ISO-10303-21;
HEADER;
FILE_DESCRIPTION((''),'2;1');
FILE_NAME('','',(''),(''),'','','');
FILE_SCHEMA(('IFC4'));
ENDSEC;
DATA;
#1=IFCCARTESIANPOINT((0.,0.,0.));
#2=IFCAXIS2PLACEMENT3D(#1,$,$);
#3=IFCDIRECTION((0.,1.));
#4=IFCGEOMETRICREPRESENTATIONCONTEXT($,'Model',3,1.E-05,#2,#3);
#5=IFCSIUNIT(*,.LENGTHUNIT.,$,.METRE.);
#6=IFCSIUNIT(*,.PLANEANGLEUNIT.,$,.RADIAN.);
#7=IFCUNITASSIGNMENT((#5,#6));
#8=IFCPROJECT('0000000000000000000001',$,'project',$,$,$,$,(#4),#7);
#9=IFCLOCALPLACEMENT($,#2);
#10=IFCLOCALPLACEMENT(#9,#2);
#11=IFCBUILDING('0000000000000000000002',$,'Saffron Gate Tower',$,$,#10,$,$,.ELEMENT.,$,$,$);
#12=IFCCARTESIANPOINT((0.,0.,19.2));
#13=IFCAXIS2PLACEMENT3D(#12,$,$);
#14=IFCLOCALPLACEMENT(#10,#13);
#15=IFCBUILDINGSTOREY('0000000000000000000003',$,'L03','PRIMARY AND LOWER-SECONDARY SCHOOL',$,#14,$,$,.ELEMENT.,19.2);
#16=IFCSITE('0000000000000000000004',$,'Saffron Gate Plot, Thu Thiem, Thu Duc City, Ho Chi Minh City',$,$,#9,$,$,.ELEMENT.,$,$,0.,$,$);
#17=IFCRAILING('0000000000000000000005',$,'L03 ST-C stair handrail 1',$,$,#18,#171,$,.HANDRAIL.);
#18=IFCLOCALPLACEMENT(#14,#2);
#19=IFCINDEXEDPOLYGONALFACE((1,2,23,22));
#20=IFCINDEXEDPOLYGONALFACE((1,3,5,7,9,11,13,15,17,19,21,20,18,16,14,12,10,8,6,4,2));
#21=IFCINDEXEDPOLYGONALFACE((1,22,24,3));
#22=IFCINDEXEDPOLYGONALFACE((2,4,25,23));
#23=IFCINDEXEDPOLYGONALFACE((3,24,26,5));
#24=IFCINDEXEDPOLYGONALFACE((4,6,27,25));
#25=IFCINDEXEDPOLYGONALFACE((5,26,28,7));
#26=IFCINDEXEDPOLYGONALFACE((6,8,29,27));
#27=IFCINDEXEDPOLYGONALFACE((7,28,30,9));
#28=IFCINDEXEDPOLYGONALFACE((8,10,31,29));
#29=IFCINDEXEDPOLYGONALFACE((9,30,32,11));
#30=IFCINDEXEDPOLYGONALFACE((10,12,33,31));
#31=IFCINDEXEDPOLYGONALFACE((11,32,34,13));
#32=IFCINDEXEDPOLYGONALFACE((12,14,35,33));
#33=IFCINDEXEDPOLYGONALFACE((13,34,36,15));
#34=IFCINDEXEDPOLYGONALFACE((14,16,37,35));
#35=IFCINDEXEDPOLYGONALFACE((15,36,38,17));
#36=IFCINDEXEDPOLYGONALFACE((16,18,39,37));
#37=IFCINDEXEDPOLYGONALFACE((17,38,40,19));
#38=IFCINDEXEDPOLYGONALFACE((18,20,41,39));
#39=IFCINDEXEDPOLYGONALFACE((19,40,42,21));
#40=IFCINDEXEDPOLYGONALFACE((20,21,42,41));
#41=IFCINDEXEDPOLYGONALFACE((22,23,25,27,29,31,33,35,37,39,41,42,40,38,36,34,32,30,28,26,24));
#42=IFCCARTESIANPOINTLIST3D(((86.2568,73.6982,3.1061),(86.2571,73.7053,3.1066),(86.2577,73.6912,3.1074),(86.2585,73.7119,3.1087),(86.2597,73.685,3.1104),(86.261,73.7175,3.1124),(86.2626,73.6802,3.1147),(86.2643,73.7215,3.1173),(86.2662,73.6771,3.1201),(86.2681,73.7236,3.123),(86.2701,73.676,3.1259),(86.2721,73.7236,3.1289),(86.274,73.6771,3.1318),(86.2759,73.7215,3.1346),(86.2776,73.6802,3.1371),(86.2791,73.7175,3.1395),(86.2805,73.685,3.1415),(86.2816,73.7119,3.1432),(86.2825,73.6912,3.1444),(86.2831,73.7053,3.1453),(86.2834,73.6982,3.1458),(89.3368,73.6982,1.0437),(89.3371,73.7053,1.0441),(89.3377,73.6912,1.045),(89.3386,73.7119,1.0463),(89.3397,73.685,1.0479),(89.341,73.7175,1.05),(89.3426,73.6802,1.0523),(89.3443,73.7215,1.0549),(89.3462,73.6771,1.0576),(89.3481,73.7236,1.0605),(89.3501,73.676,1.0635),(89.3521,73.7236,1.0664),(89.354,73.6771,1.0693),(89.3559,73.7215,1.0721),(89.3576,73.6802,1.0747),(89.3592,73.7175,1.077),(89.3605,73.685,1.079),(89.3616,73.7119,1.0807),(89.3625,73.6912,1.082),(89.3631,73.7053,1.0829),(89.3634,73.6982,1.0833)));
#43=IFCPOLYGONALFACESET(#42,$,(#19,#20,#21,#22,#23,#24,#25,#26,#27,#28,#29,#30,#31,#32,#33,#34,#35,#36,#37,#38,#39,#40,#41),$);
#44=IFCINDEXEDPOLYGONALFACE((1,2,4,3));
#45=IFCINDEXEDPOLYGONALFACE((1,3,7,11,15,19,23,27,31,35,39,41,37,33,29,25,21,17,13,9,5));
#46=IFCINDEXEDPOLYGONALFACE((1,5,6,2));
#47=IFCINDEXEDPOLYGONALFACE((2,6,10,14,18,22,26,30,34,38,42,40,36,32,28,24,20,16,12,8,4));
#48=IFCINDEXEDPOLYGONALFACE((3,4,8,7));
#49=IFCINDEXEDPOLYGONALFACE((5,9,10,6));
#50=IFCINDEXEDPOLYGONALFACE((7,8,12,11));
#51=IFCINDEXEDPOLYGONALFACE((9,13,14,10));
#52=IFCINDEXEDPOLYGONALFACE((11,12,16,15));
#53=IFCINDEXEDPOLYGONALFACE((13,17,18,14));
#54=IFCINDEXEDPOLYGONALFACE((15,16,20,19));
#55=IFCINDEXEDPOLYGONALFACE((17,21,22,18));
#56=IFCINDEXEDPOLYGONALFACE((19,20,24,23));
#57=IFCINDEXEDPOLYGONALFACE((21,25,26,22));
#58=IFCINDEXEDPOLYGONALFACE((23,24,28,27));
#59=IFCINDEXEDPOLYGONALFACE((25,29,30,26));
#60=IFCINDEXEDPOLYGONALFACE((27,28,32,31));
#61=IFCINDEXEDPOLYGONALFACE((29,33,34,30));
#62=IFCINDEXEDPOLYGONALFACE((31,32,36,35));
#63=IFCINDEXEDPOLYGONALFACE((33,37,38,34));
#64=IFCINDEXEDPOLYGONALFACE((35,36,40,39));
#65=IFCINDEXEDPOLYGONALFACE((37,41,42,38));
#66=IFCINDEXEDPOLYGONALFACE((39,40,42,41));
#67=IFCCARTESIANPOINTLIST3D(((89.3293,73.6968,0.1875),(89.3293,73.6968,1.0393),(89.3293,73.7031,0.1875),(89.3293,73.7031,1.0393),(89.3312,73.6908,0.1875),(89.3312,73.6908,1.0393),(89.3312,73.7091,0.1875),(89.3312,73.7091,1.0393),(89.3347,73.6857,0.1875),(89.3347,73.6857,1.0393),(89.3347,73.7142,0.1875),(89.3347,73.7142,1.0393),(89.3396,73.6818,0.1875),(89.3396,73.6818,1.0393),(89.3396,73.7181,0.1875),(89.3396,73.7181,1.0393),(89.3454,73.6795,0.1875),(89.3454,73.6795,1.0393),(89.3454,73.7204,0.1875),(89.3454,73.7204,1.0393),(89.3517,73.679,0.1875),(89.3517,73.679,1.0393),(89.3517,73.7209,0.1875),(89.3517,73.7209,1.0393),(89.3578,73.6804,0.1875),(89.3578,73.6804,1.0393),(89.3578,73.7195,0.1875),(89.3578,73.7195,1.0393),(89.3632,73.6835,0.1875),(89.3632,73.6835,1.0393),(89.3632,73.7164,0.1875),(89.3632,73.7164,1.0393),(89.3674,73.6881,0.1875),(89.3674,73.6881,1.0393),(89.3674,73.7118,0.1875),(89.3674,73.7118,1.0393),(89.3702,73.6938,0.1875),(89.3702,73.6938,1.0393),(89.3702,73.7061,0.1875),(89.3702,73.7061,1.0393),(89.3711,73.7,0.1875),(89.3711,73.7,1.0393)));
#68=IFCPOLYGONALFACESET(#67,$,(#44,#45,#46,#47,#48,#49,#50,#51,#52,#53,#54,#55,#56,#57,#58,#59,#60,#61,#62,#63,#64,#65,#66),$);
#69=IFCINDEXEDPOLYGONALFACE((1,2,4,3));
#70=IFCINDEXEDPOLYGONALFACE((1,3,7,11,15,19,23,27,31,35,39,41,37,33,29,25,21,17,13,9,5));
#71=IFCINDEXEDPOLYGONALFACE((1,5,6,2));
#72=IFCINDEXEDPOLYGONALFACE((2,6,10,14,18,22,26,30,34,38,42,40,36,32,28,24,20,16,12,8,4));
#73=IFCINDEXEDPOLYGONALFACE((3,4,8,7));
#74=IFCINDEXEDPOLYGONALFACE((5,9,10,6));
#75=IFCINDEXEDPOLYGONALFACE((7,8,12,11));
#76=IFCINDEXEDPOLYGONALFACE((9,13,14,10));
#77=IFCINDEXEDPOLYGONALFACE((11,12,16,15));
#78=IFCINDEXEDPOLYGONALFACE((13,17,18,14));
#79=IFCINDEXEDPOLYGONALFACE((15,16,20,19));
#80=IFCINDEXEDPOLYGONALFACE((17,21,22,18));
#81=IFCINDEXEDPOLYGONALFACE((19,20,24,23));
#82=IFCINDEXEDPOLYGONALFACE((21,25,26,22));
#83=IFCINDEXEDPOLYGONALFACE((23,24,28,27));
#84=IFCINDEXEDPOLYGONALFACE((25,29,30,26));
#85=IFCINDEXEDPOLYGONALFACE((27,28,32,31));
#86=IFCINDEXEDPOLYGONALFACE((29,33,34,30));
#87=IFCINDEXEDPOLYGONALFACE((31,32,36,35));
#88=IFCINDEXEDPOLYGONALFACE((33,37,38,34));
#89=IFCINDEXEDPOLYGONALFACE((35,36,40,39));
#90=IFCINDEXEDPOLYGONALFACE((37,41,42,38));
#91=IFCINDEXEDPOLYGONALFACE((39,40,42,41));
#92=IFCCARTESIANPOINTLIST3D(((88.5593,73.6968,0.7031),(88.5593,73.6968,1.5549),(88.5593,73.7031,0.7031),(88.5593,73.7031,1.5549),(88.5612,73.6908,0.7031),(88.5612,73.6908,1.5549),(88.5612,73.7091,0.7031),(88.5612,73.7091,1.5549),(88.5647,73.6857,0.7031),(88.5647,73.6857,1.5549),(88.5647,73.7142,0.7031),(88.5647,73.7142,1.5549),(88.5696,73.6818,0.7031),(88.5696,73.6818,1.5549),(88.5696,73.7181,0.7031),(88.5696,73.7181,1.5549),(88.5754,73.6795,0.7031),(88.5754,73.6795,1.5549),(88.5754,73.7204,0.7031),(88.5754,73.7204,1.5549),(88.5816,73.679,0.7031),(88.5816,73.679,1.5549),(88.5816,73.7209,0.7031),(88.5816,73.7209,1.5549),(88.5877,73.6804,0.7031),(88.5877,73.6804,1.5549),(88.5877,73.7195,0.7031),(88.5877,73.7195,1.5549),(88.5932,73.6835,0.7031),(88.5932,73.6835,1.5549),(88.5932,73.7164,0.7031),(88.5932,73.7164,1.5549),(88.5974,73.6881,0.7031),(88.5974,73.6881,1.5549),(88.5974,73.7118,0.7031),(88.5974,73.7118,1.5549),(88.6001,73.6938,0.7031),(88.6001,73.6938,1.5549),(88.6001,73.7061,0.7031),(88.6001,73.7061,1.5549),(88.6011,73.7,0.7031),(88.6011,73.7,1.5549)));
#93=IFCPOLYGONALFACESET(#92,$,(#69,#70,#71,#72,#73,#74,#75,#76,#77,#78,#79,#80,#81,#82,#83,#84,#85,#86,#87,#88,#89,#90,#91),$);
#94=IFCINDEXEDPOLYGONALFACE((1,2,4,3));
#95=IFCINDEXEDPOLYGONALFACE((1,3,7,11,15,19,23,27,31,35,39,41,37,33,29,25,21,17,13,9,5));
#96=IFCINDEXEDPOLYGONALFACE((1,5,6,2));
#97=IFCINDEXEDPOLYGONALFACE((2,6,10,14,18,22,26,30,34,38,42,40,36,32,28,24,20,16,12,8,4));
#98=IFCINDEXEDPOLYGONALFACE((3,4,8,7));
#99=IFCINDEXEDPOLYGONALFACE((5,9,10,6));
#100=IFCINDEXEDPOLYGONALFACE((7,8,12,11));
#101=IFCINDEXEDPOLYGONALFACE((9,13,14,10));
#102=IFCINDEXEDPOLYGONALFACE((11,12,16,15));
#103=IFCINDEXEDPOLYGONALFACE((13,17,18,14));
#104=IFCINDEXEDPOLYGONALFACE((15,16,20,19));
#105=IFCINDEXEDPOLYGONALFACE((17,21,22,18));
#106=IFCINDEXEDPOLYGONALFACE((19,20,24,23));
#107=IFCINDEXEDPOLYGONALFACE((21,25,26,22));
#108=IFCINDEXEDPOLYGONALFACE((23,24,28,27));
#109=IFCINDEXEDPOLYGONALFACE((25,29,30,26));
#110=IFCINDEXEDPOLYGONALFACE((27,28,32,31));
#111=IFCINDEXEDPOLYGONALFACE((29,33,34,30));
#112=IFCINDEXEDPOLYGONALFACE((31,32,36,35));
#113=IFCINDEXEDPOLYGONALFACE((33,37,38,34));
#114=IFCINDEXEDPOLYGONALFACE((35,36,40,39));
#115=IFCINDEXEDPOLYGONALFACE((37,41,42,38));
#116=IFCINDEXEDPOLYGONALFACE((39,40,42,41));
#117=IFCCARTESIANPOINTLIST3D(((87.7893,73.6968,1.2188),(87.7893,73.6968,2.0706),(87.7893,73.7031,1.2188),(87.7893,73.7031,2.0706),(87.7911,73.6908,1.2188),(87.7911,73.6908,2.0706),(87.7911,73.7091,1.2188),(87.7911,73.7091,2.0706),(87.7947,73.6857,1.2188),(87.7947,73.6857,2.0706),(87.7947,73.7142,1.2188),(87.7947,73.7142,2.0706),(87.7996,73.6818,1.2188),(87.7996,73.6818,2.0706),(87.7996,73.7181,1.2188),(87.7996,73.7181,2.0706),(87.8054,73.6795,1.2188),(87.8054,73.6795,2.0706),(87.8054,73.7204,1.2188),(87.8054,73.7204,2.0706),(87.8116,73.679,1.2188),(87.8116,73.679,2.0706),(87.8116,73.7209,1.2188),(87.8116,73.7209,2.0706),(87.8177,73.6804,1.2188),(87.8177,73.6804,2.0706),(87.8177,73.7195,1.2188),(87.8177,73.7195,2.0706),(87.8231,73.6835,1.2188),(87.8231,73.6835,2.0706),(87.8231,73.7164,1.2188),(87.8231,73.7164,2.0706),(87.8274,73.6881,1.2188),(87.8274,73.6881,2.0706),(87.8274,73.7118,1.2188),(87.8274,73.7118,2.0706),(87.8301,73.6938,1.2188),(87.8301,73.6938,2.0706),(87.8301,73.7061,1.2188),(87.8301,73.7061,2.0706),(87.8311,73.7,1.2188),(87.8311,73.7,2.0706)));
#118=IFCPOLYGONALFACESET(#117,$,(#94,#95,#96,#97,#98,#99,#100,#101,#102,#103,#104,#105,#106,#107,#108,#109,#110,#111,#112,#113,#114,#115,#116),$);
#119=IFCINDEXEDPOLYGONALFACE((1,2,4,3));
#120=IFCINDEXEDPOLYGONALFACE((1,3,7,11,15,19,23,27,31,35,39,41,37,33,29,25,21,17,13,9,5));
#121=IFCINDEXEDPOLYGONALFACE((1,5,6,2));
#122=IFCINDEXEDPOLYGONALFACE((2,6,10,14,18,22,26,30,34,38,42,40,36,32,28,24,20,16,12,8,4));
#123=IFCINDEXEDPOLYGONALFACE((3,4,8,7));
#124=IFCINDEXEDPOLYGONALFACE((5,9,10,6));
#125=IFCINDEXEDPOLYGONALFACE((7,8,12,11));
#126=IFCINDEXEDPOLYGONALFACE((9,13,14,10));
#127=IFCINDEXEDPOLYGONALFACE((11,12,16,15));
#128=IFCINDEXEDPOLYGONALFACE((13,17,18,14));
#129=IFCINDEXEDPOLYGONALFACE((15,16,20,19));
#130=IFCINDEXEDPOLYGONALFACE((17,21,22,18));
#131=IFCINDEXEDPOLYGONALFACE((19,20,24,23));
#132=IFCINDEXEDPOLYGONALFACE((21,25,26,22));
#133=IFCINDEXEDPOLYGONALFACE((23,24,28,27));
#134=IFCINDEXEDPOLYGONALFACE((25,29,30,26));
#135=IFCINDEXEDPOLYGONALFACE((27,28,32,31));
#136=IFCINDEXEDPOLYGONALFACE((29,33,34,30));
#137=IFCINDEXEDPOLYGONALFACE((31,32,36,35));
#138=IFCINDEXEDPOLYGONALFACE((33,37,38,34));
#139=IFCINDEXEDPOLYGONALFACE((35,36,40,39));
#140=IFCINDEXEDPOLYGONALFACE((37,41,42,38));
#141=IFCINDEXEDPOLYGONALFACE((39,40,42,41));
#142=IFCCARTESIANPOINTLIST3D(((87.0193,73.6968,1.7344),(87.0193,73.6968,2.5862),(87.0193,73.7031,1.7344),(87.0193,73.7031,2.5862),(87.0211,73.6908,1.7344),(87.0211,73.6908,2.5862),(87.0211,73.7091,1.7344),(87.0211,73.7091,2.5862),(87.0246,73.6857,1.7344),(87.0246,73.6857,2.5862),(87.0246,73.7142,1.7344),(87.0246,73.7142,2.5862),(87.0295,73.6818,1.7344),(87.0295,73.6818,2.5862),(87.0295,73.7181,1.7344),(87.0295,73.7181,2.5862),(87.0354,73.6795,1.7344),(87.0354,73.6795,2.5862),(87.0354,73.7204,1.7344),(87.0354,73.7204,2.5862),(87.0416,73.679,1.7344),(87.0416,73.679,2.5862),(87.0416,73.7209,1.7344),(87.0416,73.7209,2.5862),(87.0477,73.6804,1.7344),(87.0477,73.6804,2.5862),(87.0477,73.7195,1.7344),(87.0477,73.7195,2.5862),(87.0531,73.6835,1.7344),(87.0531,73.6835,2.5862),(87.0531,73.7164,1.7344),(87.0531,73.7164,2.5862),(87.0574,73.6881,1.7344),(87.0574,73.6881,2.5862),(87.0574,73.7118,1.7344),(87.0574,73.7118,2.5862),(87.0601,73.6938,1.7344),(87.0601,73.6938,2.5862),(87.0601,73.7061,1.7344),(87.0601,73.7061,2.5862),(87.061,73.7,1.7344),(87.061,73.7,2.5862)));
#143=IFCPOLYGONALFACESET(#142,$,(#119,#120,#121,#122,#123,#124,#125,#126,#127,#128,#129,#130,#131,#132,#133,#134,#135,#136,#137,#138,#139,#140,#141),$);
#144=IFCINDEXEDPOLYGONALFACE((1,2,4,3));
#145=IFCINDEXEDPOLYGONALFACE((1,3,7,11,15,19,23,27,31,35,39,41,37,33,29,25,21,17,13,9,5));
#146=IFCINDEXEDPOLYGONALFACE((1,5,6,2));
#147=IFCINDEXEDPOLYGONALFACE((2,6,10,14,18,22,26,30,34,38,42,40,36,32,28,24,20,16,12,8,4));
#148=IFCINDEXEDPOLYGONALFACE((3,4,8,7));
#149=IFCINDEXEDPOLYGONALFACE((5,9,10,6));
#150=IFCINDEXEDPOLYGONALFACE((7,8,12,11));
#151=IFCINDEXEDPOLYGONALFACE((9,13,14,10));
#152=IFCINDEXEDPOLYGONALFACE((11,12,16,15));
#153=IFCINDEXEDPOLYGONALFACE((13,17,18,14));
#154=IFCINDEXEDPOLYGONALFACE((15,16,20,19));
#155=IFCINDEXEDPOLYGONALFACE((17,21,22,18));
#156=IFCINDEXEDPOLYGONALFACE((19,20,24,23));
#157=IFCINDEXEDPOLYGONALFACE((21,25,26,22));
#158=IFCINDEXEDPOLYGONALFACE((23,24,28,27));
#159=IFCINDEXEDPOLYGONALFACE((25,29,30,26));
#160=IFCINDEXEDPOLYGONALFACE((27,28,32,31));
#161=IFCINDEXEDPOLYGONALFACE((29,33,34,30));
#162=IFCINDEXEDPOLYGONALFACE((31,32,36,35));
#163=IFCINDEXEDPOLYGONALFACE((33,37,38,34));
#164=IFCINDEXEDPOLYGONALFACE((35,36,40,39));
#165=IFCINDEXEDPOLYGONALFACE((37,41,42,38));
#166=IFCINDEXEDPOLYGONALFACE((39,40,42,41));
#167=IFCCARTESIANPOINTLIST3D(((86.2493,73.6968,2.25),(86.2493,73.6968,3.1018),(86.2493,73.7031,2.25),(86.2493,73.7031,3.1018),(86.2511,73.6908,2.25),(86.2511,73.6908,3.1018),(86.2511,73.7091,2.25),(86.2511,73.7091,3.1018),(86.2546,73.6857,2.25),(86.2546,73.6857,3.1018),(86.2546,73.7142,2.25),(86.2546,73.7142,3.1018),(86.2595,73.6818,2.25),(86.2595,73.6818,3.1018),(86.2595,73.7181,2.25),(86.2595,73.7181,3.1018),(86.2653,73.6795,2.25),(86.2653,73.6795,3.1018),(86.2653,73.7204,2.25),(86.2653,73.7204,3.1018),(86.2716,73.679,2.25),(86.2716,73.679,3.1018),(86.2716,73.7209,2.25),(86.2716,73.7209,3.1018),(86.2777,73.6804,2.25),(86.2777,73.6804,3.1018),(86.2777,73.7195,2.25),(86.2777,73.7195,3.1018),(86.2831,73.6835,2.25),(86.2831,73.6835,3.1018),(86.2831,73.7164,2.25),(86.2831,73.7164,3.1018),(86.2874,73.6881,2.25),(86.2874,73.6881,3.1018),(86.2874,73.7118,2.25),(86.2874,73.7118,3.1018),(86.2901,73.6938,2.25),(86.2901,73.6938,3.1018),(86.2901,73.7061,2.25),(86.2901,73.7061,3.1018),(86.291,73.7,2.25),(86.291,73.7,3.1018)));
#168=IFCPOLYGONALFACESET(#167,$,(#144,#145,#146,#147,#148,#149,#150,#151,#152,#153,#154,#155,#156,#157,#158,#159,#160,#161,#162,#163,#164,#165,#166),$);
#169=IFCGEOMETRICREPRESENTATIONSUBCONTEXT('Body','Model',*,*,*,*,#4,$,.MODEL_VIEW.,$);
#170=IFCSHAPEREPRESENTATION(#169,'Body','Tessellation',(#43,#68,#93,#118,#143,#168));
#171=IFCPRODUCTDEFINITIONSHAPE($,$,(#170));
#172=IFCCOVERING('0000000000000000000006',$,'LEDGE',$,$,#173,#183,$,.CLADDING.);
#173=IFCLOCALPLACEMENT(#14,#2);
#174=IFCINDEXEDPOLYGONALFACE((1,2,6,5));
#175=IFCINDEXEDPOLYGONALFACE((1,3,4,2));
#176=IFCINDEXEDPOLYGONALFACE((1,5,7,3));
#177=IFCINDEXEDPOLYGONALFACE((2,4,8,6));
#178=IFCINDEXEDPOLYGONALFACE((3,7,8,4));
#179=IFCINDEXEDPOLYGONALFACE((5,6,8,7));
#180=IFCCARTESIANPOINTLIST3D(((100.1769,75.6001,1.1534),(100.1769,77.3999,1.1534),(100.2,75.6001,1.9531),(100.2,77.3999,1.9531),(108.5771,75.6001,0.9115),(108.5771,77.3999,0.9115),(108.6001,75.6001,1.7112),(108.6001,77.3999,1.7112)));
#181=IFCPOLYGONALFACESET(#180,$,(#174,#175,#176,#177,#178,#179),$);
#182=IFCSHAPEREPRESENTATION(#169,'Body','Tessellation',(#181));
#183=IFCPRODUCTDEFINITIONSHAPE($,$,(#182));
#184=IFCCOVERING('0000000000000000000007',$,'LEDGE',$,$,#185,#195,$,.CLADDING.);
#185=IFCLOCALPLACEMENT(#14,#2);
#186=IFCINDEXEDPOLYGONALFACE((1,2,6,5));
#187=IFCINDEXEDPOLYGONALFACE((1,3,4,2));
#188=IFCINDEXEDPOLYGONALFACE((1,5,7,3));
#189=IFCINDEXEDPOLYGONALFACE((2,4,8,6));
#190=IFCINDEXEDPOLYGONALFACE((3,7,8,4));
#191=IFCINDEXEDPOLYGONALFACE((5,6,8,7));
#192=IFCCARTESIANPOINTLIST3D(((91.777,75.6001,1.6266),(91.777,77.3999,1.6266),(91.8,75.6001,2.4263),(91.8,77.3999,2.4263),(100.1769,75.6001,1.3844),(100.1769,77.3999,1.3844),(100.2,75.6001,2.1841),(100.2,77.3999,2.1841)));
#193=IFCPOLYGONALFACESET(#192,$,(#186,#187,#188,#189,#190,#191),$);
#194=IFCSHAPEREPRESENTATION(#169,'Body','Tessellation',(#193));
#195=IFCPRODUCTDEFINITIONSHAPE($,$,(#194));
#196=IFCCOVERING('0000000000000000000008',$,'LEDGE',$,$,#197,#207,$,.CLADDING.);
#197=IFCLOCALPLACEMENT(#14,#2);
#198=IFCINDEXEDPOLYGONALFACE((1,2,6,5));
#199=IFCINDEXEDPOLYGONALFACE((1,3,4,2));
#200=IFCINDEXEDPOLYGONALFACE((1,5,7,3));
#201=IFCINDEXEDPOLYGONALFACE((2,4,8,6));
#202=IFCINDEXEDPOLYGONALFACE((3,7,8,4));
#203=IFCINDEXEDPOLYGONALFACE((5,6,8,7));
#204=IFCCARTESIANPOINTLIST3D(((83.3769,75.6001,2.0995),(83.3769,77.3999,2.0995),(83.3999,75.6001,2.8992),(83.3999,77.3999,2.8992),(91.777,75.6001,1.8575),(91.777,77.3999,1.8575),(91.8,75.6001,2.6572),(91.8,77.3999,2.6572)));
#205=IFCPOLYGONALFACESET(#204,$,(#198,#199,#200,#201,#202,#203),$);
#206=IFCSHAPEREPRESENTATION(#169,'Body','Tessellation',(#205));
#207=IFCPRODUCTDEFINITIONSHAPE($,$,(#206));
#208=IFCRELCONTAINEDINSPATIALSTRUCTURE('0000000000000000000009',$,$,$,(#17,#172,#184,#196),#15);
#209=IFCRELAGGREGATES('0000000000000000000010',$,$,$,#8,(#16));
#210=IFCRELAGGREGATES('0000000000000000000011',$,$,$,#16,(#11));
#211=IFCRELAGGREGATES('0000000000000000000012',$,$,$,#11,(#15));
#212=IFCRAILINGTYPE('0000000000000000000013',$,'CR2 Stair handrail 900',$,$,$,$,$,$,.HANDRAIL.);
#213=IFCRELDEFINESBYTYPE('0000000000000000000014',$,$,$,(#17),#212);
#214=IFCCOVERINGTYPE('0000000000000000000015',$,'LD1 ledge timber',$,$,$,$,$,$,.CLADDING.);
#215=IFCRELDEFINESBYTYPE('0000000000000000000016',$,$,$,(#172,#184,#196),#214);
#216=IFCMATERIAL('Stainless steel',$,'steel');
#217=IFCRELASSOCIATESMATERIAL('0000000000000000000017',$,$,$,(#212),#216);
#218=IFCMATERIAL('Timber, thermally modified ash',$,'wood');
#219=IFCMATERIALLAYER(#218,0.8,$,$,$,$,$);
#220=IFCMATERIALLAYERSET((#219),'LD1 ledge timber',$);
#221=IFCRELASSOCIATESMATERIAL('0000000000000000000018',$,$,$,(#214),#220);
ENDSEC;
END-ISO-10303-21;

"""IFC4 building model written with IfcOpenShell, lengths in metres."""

from ifc_helpers import new_model, si_unit, direction, frame, origin, origin_2d, place, context, subcontext, project, spatial, polyline, circle, outline, extrude, material, layer, layer_set, type_object, element, save


model = new_model("IFC4")

# Units and contexts
model_context = context("Model", 3, precision=1e-05, world=origin(), true_north=direction((0.0, 1.0)))
body_context = subcontext(model_context, "Body", "Model", "MODEL_VIEW")
ifc_project = project(units=[si_unit("LENGTHUNIT", "METRE"), si_unit("PLANEANGLEUNIT", "RADIAN")], contexts=[model_context])

# Site, building, storey
site_placement = place(None, origin())
site = spatial("IfcSite", under=ifc_project, at=site_placement, Name="Saffron Gate Plot, Thu Thiem, Thu Duc City, Ho Chi Minh City", CompositionType="ELEMENT", RefElevation=0.0)
building_placement = place(site_placement, origin())
building = spatial("IfcBuilding", under=site, at=building_placement, Name="Saffron Gate Tower", CompositionType="ELEMENT")
storey_placement = place(building_placement, frame((0.0, 0.0, 19.2)))
storey = spatial("IfcBuildingStorey", under=building, at=storey_placement, Name="L03", Description="PRIMARY AND LOWER-SECONDARY SCHOOL", CompositionType="ELEMENT", Elevation=19.2)

# Railing
ifc_material_1 = material(Name="Stainless steel", Category="steel")
railing_type_1 = type_object("IfcRailingType", Name="CR2 Stair handrail 900", PredefinedType="HANDRAIL", material=ifc_material_1)
railing_1_placement = place(storey_placement, frame((89.3501, 73.7, 0.1875)))
element("IfcRailing", 1, at=railing_1_placement, inside=storey, type_object=railing_type_1, Name="L03 ST-C stair handrail 1", PredefinedType="HANDRAIL", context=body_context, shape_type="SweptSolid", body=[
    extrude(circle(Radius=0.0239, at=origin_2d()), frame((0.0, 0.0, 0.876), z_axis=(-0.830914, 0.0, 0.556401), x_axis=(0.0, -1.0, 0.0)), (0.0, 0.0, 1.0), 3.7068),
    extrude(circle(Radius=0.021, at=origin_2d()), origin(), (0.0, 0.0, 1.0), 0.8518),
    extrude(circle(Radius=0.021, at=origin_2d()), frame((-0.77, 0.0, 0.5156)), (0.0, 0.0, 1.0), 0.8518),
    extrude(circle(Radius=0.021, at=origin_2d()), frame((-1.54, 0.0, 1.0312)), (0.0, 0.0, 1.0), 0.8518),
    extrude(circle(Radius=0.021, at=origin_2d()), frame((-2.3101, 0.0, 1.5469)), (0.0, 0.0, 1.0), 0.8518),
    extrude(circle(Radius=0.021, at=origin_2d()), frame((-3.0801, 0.0, 2.0625)), (0.0, 0.0, 1.0), 0.8518),
])

# Coverings
ifc_material_2 = material(Name="Timber, thermally modified ash", Category="wood")
ifc_layer_1 = layer(ifc_material_2, 0.8)
ifc_layer_set_1 = layer_set([ifc_layer_1], Name="LD1 ledge timber")
covering_type_1 = type_object("IfcCoveringType", Name="LD1 ledge timber", PredefinedType="CLADDING", material=ifc_layer_set_1)
covering_1_placement = place(storey_placement, frame((108.6001, 75.6001, 1.7112), z_axis=(0.02879, 0.0, 0.999585), x_axis=(-0.999585, 0.0, 0.02879)))
element("IfcCovering", 2, at=covering_1_placement, inside=storey, type_object=covering_type_1, Name="LEDGE", PredefinedType="CLADDING", context=body_context, shape_type="SweptSolid", body=[
    extrude(outline(polyline([(0.0, 0.0), (8.4036, 0.0), (8.4036, -1.7998), (0.0, -1.7998), (0.0, 0.0)])), origin(), (0.0, 0.0, -1.0), 0.8),
])
covering_2_placement = place(storey_placement, frame((100.2, 75.6001, 2.1841), z_axis=(0.02882, 0.0, 0.999585), x_axis=(-0.999585, 0.0, 0.02882)))
element("IfcCovering", 3, at=covering_2_placement, inside=storey, type_object=covering_type_1, Name="LEDGE", PredefinedType="CLADDING", context=body_context, shape_type="SweptSolid", body=[
    extrude(outline(polyline([(0.0, 0.0), (8.4034, 0.0), (8.4034, -1.7998), (0.0, -1.7998), (0.0, 0.0)])), origin(), (0.0, 0.0, -1.0), 0.8),
])
covering_3_placement = place(storey_placement, frame((91.8, 75.6001, 2.6572), z_axis=(0.02879, 0.0, 0.999585), x_axis=(-0.999585, 0.0, 0.02879)))
element("IfcCovering", 4, at=covering_3_placement, inside=storey, type_object=covering_type_1, Name="LEDGE", PredefinedType="CLADDING", context=body_context, shape_type="SweptSolid", body=[
    extrude(outline(polyline([(0.0, 0.0), (8.4036, 0.0), (8.4036, -1.7998), (0.0, -1.7998), (0.0, 0.0)])), origin(), (0.0, 0.0, -1.0), 0.8),
])

save(model, "model.ifc")
